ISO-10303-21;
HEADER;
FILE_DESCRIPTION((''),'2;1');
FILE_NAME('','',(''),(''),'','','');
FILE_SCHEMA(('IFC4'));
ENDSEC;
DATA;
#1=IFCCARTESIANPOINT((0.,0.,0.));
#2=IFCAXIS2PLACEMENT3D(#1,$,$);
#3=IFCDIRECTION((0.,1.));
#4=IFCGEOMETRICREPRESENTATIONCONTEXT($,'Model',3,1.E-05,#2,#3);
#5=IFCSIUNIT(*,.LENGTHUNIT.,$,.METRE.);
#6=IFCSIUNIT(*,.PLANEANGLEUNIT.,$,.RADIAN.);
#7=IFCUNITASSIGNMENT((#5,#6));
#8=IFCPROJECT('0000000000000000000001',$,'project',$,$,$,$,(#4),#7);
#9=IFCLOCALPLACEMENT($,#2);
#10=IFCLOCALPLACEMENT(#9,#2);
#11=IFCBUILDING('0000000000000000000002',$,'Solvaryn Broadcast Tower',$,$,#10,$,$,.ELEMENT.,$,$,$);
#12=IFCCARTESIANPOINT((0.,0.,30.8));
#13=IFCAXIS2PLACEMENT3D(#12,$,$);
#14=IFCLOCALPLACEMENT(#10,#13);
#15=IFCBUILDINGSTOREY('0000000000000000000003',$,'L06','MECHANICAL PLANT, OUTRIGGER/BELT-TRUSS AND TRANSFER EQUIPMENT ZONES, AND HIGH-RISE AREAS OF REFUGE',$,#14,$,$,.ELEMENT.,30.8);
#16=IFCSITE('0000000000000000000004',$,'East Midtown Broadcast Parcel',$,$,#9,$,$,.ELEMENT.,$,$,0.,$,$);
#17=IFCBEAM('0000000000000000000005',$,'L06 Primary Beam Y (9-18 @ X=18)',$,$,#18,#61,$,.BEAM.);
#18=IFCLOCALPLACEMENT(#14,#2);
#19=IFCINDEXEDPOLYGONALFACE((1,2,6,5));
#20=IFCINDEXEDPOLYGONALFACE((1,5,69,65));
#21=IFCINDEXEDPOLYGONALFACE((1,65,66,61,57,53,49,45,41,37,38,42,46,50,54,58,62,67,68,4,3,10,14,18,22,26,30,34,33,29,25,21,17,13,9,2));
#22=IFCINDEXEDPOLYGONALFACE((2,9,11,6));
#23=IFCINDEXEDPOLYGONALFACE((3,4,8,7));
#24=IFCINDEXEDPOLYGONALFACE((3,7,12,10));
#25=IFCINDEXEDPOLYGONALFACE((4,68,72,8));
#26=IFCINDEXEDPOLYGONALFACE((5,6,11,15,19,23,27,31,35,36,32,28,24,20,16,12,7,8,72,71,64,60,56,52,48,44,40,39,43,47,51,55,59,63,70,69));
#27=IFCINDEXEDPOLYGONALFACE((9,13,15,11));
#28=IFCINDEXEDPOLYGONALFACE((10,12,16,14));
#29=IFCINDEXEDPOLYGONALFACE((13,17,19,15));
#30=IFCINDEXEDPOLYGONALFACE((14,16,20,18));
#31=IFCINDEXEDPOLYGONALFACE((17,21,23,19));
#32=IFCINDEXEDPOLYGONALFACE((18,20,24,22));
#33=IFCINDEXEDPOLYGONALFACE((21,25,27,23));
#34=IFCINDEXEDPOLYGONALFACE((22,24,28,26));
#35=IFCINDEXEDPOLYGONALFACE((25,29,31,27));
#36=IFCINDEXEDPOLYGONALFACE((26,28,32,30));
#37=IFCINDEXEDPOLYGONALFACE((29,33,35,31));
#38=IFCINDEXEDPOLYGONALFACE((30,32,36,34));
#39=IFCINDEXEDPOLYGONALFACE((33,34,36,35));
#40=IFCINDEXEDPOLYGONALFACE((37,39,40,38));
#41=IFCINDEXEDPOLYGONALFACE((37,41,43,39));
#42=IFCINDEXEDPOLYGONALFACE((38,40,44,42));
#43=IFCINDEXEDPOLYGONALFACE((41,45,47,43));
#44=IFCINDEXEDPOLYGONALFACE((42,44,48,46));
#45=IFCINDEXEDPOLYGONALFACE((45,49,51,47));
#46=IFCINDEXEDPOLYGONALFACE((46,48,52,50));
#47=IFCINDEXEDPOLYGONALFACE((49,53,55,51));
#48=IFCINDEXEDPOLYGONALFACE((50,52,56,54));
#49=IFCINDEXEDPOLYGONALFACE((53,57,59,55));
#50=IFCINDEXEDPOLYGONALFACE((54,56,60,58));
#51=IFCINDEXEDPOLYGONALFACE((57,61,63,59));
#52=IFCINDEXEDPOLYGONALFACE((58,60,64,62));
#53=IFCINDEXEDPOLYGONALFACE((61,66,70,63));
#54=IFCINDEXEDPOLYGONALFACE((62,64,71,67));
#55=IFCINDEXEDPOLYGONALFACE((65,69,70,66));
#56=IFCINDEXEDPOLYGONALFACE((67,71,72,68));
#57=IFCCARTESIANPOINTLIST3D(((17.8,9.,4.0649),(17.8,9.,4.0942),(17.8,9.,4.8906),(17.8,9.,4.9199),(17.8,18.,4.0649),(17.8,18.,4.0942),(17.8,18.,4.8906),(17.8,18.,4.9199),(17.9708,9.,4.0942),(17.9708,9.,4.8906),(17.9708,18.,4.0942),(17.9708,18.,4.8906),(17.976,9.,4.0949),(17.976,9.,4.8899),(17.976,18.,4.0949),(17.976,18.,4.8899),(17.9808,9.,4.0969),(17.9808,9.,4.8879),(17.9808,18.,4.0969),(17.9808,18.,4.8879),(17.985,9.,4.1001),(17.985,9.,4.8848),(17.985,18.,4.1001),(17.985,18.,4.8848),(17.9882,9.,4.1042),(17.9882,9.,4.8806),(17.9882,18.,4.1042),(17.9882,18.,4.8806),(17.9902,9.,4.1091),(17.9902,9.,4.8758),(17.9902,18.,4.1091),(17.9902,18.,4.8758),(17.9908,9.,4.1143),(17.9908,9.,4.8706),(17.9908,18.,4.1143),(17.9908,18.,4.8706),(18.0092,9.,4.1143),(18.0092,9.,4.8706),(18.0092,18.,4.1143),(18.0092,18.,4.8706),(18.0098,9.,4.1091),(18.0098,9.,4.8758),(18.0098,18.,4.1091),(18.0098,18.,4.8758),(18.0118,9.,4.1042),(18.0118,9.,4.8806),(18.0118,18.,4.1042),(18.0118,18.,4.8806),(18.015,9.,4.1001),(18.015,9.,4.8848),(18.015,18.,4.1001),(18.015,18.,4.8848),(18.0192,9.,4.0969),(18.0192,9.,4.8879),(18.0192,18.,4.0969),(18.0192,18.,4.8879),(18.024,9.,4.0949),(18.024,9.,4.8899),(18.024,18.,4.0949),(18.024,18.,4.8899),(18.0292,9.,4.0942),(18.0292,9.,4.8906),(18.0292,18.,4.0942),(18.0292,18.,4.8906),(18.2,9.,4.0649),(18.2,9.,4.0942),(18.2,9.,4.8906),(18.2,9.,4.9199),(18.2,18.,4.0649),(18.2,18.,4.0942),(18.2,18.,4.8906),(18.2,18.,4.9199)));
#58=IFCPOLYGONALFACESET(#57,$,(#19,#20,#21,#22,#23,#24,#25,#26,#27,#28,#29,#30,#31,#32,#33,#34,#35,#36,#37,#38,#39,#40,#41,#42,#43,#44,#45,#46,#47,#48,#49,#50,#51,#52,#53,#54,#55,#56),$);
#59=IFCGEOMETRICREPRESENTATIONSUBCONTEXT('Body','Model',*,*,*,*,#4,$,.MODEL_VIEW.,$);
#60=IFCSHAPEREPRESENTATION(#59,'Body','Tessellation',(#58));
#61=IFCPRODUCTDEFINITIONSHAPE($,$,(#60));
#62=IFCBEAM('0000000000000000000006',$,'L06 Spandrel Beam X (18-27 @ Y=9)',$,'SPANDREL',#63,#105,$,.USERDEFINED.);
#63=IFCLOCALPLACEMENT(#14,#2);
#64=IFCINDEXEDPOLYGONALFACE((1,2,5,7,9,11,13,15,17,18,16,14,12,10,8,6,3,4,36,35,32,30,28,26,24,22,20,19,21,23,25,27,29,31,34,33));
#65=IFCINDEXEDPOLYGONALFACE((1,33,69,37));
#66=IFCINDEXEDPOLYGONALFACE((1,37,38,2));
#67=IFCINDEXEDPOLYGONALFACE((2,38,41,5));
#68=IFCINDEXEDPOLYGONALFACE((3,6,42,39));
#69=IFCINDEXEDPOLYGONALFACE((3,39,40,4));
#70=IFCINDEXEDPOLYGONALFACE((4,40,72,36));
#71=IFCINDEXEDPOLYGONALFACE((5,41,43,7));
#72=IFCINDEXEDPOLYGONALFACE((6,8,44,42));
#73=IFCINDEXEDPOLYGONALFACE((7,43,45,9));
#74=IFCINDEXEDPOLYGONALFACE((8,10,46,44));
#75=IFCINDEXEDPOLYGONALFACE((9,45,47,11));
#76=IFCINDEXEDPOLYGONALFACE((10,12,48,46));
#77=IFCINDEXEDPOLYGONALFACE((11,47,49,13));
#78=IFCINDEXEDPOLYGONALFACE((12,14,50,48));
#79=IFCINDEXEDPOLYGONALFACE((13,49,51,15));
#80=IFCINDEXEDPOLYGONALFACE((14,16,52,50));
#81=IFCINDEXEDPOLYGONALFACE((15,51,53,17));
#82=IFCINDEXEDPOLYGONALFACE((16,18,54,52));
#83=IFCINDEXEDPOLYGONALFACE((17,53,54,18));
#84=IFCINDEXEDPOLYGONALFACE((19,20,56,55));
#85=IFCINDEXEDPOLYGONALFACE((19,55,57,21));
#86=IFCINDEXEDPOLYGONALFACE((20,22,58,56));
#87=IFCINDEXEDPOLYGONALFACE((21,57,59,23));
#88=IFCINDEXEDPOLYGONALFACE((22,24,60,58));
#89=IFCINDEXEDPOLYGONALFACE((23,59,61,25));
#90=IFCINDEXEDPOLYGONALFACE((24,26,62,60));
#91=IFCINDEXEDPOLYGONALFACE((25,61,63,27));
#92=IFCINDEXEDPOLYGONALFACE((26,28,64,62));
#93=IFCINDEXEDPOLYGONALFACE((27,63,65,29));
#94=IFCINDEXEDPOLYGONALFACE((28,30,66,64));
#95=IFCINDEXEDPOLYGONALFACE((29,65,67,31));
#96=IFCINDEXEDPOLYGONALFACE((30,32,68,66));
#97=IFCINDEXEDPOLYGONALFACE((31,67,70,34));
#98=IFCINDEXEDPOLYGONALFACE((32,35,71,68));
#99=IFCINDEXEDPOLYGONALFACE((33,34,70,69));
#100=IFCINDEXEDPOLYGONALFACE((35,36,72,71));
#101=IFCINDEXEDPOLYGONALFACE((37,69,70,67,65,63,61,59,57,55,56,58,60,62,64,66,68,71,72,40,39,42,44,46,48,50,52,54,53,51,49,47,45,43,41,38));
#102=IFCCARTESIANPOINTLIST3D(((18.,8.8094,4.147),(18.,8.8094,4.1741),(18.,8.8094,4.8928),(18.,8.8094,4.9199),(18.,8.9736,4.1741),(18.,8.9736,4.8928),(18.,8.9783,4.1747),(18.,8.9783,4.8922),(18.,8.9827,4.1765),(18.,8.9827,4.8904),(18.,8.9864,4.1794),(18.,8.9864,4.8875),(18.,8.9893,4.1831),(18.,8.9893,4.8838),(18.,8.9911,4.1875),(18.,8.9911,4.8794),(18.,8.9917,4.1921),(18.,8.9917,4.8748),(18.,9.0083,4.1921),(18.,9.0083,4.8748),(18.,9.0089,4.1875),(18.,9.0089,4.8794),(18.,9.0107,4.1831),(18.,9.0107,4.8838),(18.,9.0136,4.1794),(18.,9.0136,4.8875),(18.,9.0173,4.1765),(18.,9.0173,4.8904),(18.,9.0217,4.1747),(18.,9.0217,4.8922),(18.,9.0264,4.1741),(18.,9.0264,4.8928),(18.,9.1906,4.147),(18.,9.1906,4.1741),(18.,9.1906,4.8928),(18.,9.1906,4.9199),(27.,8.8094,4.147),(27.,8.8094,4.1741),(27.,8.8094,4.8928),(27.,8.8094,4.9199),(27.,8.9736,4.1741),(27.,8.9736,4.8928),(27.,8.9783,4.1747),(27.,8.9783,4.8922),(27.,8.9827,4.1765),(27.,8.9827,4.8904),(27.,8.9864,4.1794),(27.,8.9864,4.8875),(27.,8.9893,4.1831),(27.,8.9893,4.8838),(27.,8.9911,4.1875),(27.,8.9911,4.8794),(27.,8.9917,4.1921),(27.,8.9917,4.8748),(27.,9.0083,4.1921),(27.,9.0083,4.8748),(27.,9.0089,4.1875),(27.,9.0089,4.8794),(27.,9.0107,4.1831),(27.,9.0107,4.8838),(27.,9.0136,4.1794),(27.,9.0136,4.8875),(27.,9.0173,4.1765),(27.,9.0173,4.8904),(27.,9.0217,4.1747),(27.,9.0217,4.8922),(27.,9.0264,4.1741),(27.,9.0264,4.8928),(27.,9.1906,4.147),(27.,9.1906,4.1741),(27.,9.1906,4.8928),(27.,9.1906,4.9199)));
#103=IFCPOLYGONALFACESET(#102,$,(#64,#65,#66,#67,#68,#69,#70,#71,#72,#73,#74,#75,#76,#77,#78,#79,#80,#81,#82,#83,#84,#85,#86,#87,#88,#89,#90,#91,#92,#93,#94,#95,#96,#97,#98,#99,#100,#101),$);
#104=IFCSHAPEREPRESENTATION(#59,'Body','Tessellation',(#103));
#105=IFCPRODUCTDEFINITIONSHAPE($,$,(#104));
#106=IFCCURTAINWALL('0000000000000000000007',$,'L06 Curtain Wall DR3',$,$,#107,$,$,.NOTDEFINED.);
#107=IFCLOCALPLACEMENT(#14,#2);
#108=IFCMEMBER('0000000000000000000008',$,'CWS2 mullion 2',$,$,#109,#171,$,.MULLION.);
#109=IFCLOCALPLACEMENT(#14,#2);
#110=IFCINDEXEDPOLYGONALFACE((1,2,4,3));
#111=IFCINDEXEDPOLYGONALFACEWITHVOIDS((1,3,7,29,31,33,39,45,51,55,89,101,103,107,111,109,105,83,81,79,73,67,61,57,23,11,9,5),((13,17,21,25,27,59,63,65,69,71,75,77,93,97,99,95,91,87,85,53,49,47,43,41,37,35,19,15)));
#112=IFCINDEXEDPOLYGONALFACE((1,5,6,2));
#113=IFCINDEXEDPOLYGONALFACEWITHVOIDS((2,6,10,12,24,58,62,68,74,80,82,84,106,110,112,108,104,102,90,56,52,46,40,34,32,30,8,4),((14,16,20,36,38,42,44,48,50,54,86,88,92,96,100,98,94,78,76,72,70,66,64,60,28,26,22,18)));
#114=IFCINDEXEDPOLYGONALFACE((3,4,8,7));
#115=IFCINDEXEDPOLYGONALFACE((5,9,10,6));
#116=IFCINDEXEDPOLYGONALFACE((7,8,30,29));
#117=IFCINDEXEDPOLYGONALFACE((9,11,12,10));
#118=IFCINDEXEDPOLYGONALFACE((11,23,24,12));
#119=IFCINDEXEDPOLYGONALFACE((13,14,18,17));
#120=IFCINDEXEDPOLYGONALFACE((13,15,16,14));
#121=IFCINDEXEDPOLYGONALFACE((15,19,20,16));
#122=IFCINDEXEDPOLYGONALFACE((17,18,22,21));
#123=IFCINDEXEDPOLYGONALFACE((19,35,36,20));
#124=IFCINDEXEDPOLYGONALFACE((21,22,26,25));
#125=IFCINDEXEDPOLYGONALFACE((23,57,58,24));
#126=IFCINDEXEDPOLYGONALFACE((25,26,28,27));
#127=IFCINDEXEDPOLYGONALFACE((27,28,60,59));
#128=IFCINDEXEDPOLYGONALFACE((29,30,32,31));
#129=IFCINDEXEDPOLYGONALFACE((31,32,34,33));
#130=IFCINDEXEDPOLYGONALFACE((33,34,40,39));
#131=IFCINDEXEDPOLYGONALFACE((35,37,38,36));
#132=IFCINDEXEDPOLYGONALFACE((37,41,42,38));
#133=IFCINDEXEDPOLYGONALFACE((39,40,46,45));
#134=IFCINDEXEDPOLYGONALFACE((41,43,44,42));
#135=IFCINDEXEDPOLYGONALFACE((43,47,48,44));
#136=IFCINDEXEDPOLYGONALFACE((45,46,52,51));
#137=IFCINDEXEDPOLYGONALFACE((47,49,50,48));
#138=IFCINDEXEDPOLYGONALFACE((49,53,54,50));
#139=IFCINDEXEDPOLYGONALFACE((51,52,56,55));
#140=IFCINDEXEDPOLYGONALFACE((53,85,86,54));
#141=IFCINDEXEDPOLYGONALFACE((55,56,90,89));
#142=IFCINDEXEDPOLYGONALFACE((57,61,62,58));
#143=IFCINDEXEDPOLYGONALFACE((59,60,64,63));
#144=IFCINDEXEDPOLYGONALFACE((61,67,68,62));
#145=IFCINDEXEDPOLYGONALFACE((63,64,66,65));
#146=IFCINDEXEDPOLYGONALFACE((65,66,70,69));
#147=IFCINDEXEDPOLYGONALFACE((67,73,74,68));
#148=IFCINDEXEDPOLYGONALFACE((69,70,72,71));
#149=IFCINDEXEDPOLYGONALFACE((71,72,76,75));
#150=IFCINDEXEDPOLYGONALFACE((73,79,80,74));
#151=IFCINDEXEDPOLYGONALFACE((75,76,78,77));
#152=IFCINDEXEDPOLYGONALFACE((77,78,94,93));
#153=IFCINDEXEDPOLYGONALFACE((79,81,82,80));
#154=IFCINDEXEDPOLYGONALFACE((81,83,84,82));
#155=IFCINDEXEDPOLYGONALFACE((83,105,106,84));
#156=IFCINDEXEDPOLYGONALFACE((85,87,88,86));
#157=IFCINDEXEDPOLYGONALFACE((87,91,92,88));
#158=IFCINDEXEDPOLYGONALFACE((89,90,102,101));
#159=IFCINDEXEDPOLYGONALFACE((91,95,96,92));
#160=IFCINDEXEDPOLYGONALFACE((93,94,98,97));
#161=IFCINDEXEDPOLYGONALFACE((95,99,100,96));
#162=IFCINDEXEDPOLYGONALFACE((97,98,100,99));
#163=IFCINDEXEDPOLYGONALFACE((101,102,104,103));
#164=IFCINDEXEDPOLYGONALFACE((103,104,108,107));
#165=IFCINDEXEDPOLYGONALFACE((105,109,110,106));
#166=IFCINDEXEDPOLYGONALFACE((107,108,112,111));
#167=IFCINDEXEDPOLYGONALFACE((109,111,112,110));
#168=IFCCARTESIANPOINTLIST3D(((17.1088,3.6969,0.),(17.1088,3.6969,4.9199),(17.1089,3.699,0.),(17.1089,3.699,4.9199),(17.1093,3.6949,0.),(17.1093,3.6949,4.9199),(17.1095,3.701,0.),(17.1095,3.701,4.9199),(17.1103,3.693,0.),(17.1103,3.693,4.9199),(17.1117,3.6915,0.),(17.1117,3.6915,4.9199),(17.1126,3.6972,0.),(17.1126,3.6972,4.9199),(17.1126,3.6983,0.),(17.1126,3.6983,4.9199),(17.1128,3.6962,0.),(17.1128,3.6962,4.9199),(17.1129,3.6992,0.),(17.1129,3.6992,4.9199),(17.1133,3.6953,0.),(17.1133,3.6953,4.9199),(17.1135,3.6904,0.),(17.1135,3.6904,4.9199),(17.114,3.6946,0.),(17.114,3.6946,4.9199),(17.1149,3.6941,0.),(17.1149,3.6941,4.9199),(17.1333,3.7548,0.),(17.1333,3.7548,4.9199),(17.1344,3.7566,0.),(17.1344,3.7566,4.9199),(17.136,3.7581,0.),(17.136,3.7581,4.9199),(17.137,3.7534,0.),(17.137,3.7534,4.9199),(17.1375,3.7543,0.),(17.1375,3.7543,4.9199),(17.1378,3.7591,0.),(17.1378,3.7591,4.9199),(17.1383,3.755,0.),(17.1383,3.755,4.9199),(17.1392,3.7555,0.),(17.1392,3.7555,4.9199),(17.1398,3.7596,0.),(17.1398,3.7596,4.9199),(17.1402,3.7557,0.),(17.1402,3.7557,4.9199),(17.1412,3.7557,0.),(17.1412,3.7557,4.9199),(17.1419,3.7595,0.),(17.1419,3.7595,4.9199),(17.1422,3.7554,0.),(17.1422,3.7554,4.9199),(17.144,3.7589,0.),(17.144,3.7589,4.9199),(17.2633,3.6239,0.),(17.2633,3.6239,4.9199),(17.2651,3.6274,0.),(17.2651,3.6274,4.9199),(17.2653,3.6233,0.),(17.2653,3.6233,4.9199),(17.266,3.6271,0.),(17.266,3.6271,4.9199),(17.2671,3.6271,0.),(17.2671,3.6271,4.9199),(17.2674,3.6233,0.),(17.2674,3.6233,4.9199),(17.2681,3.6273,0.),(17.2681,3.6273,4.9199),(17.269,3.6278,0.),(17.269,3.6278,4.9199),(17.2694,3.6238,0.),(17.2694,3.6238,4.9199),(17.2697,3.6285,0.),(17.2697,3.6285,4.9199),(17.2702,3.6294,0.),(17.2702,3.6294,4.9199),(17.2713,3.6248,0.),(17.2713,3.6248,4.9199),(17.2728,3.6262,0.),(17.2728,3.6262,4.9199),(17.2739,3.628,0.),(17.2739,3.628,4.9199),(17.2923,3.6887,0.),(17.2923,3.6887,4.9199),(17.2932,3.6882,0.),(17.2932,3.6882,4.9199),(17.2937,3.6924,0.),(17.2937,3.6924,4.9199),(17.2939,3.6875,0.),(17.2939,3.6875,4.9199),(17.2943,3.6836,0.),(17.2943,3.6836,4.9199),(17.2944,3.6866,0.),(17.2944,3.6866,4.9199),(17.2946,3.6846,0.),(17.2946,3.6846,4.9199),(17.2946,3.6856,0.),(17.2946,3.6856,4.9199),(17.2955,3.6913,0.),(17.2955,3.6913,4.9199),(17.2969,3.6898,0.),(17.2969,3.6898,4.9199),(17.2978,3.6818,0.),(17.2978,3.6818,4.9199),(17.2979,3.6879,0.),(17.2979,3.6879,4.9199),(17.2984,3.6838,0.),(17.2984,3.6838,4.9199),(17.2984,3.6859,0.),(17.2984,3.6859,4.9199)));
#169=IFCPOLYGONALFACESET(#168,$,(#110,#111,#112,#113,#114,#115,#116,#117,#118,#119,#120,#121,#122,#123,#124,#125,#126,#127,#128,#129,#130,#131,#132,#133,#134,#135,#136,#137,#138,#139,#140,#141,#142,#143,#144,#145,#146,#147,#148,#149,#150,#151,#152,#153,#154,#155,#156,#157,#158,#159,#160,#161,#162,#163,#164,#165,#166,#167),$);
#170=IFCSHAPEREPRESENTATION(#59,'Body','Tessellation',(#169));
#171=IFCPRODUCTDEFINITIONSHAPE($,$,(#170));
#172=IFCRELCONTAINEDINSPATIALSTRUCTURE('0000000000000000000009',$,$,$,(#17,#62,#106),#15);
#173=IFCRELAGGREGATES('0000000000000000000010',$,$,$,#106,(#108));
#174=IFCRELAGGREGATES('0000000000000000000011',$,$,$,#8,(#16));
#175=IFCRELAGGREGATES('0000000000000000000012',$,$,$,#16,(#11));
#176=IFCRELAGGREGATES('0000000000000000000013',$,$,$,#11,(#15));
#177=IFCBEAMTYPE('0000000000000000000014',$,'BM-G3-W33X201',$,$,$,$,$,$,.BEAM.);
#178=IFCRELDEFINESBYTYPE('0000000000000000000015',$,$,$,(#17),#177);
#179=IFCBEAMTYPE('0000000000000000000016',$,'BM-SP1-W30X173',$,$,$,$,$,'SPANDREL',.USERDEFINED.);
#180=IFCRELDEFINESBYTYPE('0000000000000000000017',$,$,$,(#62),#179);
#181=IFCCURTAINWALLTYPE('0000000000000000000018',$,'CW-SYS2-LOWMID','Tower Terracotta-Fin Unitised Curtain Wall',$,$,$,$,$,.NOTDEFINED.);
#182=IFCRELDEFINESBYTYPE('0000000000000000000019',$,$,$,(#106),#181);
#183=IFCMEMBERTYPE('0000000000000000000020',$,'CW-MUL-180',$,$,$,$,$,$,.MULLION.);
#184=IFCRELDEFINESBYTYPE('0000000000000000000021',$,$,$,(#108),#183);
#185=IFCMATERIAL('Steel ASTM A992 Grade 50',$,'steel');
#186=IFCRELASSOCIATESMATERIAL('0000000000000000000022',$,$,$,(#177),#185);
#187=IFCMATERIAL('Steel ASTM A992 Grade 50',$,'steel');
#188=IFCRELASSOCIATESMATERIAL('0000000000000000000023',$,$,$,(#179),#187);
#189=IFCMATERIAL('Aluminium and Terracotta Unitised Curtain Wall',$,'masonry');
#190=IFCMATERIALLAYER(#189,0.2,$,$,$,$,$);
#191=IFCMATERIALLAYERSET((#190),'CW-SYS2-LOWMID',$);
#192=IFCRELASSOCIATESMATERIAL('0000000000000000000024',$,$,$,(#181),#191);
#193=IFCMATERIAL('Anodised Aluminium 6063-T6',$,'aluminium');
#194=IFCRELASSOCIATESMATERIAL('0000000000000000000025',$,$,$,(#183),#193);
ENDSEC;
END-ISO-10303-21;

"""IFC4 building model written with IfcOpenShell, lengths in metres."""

from ifc_helpers import new_model, si_unit, direction, frame, origin, origin_2d, place, context, subcontext, project, spatial, hollow_rectangle, i_section, extrude, material, layer, layer_set, material_profile, profile_set, type_object, element, aggregate, save


model = new_model("IFC4")

# Units and contexts
model_context = context("Model", 3, precision=1e-05, world=origin(), true_north=direction((0.0, 1.0)))
body_context = subcontext(model_context, "Body", "Model", "MODEL_VIEW")
ifc_project = project(units=[si_unit("LENGTHUNIT", "METRE"), si_unit("PLANEANGLEUNIT", "RADIAN")], contexts=[model_context])

# Site, building, storey
site_placement = place(None, origin())
site = spatial("IfcSite", under=ifc_project, at=site_placement, Name="East Midtown Broadcast Parcel", CompositionType="ELEMENT", RefElevation=0.0)
building_placement = place(site_placement, origin())
building = spatial("IfcBuilding", under=site, at=building_placement, Name="Solvaryn Broadcast Tower", CompositionType="ELEMENT")
storey_placement = place(building_placement, frame((0.0, 0.0, 30.8)))
storey = spatial("IfcBuildingStorey", under=building, at=storey_placement, Name="L06", Description="MECHANICAL PLANT, OUTRIGGER/BELT-TRUSS AND TRANSFER EQUIPMENT ZONES, AND HIGH-RISE AREAS OF REFUGE", CompositionType="ELEMENT", Elevation=30.8)

# Beams
ifc_material_1 = material(Name="Steel ASTM A992 Grade 50", Category="steel")
ifc_material_profile_1 = material_profile(ifc_material_1, i_section(OverallWidth=0.3999, OverallDepth=0.855, WebThickness=0.0183, FlangeThickness=0.0293, FilletRadius=0.02, at=origin_2d()))
ifc_profile_set_1 = profile_set([ifc_material_profile_1], Name="Steel ASTM A992 Grade 50")
beam_type_1 = type_object("IfcBeamType", Name="BM-G3-W33X201", PredefinedType="BEAM", material=ifc_profile_set_1)
beam_1_placement = place(storey_placement, frame((18.0, 9.0, 4.4924), z_axis=(0.0, 1.0, 0.0), x_axis=(-1.0, 0.0, 0.0)))
element("IfcBeam", 1, at=beam_1_placement, inside=storey, type_object=beam_type_1, Name="L06 Primary Beam Y (9-18 @ X=18)", PredefinedType="BEAM", context=body_context, shape_type="SweptSolid", body=[
    extrude(i_section(OverallWidth=0.3999, OverallDepth=0.855, WebThickness=0.0183, FlangeThickness=0.0293, FilletRadius=0.02, at=origin_2d()), origin(), (0.0, 0.0, 1.0), 9.0),
])
ifc_material_2 = material(Name="Steel ASTM A992 Grade 50", Category="steel")
ifc_material_profile_2 = material_profile(ifc_material_2, i_section(OverallWidth=0.3811, OverallDepth=0.7729, WebThickness=0.0166, FlangeThickness=0.0271, FilletRadius=0.0181, at=origin_2d()))
ifc_profile_set_2 = profile_set([ifc_material_profile_2], Name="Steel ASTM A992 Grade 50")
beam_type_2 = type_object("IfcBeamType", Name="BM-SP1-W30X173", ElementType="SPANDREL", PredefinedType="USERDEFINED", material=ifc_profile_set_2)
beam_2_placement = place(storey_placement, frame((18.0, 9.0, 4.5334), z_axis=(1.0, 0.0, 0.0), x_axis=(0.0, 1.0, 0.0)))
element("IfcBeam", 2, at=beam_2_placement, inside=storey, type_object=beam_type_2, Name="L06 Spandrel Beam X (18-27 @ Y=9)", ObjectType="SPANDREL", PredefinedType="USERDEFINED", context=body_context, shape_type="SweptSolid", body=[
    extrude(i_section(OverallWidth=0.3811, OverallDepth=0.7729, WebThickness=0.0166, FlangeThickness=0.0271, FilletRadius=0.0181, at=origin_2d()), origin(), (0.0, 0.0, 1.0), 9.0),
])

# Curtain wall, member
ifc_material_3 = material(Name="Aluminium and Terracotta Unitised Curtain Wall", Category="masonry")
ifc_layer_1 = layer(ifc_material_3, 0.2)
ifc_layer_set_1 = layer_set([ifc_layer_1], Name="CW-SYS2-LOWMID")
curtain_wall_type = type_object("IfcCurtainWallType", Name="CW-SYS2-LOWMID", Description="Tower Terracotta-Fin Unitised Curtain Wall", PredefinedType="NOTDEFINED", material=ifc_layer_set_1)
curtain_wall_placement = place(storey_placement, origin())
curtain_wall = element("IfcCurtainWall", 3, at=curtain_wall_placement, inside=storey, type_object=curtain_wall_type, Name="L06 Curtain Wall DR3", PredefinedType="NOTDEFINED")
ifc_material_4 = material(Name="Anodised Aluminium 6063-T6", Category="aluminium")
ifc_material_profile_3 = material_profile(ifc_material_4, hollow_rectangle(XDim=0.075, YDim=0.1799, WallThickness=0.0039, InnerFilletRadius=0.0039, OuterFilletRadius=0.0081, at=origin_2d()))
ifc_profile_set_3 = profile_set([ifc_material_profile_3], Name="Anodised Aluminium 6063-T6")
member_type_1 = type_object("IfcMemberType", Name="CW-MUL-180", PredefinedType="MULLION", material=ifc_profile_set_3)
member_1_placement = place(storey_placement, frame((17.2036, 3.6914, 0.0), z_axis=(0.0, 0.0, 1.0), x_axis=(0.405898, 0.913918, 0.0)))
member_1 = element("IfcMember", 4, at=member_1_placement, type_object=member_type_1, Name="CWS2 mullion 2", PredefinedType="MULLION", context=body_context, shape_type="SweptSolid", body=[
    extrude(hollow_rectangle(XDim=0.075, YDim=0.1799, WallThickness=0.0039, InnerFilletRadius=0.0039, OuterFilletRadius=0.0081, at=origin_2d()), origin(), (0.0, 0.0, 1.0), 4.9199),
])

aggregate(curtain_wall, [member_1])

save(model, "model.ifc")
